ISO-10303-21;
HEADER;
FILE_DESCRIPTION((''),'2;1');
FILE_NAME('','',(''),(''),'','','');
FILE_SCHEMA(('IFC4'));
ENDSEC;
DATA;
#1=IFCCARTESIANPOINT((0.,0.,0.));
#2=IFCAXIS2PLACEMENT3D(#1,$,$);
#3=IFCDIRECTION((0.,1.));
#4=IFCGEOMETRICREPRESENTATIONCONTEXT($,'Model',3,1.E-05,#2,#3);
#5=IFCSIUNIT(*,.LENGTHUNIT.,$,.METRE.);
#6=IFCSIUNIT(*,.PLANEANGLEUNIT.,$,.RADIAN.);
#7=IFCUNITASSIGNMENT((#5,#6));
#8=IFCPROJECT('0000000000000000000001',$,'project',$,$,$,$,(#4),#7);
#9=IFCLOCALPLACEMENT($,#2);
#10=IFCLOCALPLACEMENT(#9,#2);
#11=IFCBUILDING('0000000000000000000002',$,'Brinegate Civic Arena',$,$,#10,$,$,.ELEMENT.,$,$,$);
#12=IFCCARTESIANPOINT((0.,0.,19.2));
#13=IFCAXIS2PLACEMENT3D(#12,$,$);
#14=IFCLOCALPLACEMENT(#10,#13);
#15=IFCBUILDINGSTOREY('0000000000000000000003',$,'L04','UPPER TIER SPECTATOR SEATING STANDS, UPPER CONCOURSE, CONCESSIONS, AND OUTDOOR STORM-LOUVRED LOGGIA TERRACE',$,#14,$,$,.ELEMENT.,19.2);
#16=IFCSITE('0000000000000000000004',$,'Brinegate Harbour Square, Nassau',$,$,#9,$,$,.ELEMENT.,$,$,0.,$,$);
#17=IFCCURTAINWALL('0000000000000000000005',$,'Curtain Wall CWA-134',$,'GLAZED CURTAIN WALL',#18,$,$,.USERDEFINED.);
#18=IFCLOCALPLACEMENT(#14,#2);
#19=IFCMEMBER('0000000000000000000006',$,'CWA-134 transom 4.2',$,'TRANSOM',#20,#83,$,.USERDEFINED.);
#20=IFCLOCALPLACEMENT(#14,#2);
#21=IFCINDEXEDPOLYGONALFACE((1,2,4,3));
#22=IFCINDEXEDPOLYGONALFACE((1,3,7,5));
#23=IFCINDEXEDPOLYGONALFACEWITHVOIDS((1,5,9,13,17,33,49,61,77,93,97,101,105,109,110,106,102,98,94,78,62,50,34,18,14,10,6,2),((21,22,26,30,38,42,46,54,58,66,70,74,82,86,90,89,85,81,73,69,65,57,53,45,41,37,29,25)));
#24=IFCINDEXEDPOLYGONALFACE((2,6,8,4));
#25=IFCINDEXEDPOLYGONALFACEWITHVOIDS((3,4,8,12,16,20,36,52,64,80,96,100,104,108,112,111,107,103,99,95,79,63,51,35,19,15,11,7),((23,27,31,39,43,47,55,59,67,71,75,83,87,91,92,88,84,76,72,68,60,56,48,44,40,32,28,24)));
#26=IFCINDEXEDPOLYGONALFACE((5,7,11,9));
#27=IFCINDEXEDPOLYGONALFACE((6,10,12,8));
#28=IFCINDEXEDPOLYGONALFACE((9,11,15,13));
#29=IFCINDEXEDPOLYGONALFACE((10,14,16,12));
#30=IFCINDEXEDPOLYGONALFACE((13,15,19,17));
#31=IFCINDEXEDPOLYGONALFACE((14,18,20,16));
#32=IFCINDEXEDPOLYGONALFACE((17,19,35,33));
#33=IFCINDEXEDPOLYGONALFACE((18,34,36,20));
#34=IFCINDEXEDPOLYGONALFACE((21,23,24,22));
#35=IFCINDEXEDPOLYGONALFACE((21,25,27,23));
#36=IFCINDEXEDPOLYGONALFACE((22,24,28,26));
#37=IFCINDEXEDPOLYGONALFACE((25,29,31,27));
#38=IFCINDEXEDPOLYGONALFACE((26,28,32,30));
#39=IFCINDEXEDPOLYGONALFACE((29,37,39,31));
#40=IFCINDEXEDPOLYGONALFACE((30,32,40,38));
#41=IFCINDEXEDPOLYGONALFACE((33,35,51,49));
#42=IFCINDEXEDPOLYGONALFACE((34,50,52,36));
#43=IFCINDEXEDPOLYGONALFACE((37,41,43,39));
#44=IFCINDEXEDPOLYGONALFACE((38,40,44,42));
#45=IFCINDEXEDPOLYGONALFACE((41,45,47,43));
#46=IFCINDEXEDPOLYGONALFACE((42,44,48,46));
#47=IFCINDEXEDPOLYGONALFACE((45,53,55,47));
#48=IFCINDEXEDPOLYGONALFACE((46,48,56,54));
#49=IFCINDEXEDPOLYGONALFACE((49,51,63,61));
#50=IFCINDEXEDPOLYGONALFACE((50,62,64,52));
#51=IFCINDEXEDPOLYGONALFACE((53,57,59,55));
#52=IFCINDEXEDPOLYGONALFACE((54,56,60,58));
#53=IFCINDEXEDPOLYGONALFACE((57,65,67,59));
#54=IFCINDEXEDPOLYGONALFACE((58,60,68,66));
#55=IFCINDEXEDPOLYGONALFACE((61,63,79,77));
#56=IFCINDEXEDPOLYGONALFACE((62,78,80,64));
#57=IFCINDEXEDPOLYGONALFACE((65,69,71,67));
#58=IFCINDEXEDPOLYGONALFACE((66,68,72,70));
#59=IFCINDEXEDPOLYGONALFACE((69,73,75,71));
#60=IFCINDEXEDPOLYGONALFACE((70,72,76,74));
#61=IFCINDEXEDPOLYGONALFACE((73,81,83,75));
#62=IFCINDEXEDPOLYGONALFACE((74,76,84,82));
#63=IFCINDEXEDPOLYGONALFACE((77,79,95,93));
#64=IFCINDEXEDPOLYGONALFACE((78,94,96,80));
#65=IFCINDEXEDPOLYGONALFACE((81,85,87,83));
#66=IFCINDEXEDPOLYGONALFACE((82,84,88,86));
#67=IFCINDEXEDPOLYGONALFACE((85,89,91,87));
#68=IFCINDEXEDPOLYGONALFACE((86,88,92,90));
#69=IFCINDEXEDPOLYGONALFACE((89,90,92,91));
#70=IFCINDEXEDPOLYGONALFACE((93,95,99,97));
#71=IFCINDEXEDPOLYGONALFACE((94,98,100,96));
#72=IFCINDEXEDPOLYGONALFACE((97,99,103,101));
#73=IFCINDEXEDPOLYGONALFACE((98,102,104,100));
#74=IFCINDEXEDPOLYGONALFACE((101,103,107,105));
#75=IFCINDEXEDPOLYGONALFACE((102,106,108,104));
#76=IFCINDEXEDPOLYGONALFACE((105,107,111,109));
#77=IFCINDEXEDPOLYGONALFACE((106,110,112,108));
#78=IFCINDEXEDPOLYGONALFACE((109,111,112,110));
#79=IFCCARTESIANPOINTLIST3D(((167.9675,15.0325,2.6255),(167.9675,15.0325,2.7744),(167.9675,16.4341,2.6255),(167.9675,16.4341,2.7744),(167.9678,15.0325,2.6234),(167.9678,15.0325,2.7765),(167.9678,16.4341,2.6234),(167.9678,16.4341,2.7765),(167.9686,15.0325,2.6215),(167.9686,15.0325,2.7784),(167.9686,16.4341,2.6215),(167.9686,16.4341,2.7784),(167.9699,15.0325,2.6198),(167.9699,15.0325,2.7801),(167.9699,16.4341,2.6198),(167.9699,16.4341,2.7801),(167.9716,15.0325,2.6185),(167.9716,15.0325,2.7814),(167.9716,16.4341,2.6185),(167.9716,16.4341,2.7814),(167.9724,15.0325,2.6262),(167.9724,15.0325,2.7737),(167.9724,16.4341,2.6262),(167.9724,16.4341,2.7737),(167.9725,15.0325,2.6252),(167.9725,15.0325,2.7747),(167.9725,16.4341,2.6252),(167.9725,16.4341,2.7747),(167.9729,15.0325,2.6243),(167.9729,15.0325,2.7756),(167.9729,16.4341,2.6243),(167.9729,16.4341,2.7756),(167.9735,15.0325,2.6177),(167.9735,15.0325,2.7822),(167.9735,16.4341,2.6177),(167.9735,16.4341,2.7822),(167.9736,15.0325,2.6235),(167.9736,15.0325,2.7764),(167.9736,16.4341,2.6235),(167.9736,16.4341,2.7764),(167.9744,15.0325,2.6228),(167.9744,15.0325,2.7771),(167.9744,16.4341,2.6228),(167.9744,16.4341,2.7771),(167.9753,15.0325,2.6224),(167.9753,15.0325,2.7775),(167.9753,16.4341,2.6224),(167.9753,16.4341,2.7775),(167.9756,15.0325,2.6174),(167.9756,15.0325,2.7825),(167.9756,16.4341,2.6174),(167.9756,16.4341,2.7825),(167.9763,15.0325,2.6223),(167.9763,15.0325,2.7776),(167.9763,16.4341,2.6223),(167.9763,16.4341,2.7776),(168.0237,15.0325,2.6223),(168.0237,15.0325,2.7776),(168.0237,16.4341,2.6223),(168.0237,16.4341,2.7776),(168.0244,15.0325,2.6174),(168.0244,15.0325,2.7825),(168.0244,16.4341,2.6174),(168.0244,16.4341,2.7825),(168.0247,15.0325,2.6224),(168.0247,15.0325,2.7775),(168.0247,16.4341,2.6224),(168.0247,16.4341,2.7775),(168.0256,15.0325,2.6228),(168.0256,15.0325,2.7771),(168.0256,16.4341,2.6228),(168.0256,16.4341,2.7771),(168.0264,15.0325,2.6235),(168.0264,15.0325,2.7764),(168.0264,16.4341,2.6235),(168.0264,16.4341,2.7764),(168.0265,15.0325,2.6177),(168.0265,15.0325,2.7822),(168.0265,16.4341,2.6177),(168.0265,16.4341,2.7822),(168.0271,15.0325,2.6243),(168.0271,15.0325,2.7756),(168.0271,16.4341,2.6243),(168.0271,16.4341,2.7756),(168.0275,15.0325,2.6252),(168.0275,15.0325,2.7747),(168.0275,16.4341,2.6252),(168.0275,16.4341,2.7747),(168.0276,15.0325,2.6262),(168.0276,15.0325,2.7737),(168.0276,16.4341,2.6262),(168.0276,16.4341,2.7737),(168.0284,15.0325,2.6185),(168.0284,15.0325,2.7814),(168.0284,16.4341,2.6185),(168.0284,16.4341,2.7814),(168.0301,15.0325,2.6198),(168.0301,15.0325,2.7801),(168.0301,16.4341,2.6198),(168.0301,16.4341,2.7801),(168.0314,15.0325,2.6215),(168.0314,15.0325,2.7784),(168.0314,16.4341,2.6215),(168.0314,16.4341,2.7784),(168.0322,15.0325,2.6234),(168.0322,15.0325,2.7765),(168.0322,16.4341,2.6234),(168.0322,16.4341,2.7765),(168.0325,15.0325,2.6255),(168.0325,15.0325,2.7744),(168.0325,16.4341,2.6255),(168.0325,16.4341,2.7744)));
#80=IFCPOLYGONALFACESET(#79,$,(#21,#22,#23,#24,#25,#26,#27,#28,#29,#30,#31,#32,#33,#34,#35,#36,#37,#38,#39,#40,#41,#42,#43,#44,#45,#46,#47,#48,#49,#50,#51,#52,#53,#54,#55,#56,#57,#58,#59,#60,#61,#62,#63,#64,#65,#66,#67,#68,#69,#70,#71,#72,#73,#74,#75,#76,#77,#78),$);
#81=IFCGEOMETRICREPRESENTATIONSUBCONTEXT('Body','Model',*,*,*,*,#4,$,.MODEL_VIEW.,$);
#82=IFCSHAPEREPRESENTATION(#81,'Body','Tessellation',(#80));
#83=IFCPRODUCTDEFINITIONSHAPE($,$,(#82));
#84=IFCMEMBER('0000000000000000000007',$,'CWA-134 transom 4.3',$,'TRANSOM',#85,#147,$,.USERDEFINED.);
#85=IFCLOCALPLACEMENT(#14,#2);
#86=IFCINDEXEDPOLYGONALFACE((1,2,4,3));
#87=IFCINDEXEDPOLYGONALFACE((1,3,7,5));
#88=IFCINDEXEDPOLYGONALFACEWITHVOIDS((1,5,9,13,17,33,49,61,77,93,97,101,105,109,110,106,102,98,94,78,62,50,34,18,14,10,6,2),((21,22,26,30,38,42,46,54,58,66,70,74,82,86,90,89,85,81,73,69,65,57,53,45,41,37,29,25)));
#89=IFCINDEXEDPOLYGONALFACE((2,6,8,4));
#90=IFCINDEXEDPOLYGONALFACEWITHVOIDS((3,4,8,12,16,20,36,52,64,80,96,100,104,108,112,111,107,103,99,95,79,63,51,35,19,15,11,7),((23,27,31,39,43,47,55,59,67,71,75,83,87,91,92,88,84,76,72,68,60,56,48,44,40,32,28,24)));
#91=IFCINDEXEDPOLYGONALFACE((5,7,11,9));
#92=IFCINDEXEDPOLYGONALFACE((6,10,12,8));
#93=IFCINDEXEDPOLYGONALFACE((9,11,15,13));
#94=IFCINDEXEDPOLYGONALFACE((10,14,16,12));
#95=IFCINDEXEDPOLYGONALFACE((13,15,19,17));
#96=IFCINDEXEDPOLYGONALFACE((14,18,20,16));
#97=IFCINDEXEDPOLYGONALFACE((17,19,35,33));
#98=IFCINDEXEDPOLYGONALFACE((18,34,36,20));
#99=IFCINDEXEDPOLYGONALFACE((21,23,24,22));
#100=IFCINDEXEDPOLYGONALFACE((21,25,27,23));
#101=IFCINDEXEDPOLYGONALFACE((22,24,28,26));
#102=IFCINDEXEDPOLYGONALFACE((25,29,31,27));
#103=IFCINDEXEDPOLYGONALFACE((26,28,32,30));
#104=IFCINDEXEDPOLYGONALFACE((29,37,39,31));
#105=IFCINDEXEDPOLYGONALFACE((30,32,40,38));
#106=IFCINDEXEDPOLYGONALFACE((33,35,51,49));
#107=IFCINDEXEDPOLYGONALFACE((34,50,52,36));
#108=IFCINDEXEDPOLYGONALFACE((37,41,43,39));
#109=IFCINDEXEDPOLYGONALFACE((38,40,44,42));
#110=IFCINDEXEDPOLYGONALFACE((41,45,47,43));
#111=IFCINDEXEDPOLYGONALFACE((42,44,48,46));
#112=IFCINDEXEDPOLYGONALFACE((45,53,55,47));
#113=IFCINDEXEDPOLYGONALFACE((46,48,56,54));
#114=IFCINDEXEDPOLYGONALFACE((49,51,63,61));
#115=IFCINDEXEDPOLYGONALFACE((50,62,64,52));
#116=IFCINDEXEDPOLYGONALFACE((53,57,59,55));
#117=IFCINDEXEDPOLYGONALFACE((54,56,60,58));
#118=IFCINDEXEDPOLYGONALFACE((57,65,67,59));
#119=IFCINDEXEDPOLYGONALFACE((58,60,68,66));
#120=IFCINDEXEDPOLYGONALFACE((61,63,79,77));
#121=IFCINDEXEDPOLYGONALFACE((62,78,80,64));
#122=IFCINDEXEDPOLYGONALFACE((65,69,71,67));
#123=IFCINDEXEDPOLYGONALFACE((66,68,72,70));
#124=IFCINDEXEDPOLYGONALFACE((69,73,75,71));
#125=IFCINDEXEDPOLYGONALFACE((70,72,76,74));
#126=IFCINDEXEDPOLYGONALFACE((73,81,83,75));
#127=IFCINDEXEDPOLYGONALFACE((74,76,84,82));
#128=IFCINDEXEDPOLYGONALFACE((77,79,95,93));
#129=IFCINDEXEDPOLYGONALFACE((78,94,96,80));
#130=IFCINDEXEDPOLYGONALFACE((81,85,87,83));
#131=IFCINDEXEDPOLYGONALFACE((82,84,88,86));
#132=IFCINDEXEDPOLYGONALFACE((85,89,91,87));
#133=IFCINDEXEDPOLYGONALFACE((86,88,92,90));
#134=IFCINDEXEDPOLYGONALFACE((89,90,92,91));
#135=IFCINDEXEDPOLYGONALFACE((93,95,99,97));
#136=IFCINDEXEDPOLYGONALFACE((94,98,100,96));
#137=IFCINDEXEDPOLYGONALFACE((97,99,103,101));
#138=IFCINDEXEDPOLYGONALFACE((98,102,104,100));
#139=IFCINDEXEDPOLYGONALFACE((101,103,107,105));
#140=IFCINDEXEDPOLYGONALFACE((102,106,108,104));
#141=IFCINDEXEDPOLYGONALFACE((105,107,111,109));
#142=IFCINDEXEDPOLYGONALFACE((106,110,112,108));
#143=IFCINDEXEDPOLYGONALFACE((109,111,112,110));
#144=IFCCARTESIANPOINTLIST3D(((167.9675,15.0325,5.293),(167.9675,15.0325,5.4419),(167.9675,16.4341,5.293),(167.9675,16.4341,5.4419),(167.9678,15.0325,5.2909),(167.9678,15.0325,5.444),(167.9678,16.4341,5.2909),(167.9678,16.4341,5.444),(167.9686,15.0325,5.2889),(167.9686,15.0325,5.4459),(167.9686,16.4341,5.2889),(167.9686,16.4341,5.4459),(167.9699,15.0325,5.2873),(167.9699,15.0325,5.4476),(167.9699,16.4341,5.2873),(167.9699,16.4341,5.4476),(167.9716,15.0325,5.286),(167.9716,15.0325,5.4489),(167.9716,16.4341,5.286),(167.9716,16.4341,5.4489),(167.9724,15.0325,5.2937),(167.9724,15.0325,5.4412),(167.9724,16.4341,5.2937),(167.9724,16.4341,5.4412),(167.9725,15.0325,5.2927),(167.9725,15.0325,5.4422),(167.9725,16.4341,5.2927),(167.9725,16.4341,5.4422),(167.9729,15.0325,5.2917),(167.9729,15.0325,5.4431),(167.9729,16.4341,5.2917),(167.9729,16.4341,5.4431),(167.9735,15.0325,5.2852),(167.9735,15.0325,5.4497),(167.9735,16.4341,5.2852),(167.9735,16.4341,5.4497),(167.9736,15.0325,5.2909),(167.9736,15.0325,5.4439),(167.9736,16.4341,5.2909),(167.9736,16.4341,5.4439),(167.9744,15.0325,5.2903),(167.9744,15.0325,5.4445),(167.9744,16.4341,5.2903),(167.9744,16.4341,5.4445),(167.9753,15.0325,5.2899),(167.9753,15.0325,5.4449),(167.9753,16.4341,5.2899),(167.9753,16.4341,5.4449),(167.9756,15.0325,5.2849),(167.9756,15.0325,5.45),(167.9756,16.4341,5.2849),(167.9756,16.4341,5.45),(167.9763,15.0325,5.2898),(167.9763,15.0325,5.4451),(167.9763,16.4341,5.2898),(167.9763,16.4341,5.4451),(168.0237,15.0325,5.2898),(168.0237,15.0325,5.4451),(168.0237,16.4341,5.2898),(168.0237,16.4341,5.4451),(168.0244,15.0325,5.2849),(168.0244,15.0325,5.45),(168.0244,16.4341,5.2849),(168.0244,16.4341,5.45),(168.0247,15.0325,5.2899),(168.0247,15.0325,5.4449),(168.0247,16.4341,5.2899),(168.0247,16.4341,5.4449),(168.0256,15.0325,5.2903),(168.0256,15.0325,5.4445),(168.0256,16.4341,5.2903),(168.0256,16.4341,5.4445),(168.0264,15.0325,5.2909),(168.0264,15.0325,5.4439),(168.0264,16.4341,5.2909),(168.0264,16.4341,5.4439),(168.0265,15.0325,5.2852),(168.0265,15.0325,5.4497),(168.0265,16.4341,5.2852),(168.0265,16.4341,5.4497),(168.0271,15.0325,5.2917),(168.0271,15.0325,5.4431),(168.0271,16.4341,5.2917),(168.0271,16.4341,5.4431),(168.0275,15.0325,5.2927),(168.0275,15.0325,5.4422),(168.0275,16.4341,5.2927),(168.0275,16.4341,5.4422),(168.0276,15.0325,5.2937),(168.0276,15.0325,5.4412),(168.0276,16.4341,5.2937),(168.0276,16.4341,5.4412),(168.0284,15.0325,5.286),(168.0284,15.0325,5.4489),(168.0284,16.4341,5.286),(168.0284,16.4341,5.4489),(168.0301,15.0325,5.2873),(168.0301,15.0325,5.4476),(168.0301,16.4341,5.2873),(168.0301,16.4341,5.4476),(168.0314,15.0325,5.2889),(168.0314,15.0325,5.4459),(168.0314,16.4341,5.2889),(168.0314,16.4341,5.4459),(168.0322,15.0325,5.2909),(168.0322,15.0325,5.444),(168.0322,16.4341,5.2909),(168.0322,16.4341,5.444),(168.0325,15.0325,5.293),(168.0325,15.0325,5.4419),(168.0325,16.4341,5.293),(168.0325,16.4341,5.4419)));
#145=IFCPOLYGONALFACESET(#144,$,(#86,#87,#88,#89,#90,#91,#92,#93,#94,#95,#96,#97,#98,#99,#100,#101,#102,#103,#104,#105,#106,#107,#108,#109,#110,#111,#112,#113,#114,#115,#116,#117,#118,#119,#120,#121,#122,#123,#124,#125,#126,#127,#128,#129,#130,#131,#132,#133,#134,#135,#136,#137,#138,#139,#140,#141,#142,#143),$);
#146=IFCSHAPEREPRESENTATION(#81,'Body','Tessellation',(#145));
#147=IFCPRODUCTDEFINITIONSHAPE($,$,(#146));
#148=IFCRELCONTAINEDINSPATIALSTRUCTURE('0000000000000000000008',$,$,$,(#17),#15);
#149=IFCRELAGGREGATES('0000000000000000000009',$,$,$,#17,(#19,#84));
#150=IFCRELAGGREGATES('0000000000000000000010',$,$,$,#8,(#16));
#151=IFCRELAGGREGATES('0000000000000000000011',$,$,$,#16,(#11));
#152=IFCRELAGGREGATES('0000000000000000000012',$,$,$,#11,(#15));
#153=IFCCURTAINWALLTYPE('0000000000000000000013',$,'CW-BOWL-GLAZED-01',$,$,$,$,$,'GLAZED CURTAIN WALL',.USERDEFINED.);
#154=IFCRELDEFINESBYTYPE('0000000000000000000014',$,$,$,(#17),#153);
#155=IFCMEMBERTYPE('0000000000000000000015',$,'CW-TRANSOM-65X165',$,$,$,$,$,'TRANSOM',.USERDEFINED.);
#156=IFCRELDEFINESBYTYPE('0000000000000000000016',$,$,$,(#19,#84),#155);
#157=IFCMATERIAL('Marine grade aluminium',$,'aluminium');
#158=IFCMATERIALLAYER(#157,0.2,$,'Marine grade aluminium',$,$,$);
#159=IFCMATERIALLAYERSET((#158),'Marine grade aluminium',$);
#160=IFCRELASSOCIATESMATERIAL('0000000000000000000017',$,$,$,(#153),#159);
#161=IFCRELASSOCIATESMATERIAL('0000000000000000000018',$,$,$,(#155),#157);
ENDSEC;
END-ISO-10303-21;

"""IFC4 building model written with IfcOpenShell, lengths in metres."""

from ifc_helpers import new_model, si_unit, direction, frame, origin, origin_2d, place, context, subcontext, project, spatial, hollow_rectangle, extrude, material, layer, layer_set, material_profile, profile_set, type_object, element, aggregate, save


model = new_model("IFC4")

# Units and contexts
model_context = context("Model", 3, precision=1e-05, world=origin(), true_north=direction((0.0, 1.0)))
body_context = subcontext(model_context, "Body", "Model", "MODEL_VIEW")
ifc_project = project(units=[si_unit("LENGTHUNIT", "METRE"), si_unit("PLANEANGLEUNIT", "RADIAN")], contexts=[model_context])

# Site, building, storey
site_placement = place(None, origin())
site = spatial("IfcSite", under=ifc_project, at=site_placement, Name="Brinegate Harbour Square, Nassau", CompositionType="ELEMENT", RefElevation=0.0)
building_placement = place(site_placement, origin())
building = spatial("IfcBuilding", under=site, at=building_placement, Name="Brinegate Civic Arena", CompositionType="ELEMENT")
storey_placement = place(building_placement, frame((0.0, 0.0, 19.2)))
storey = spatial("IfcBuildingStorey", under=building, at=storey_placement, Name="L04", Description="UPPER TIER SPECTATOR SEATING STANDS, UPPER CONCOURSE, CONCESSIONS, AND OUTDOOR STORM-LOUVRED LOGGIA TERRACE", CompositionType="ELEMENT", Elevation=19.2)

# Curtain wall, members
ifc_material_1 = material(Name="Marine grade aluminium", Category="aluminium")
ifc_layer_1 = layer(ifc_material_1, 0.2, Name="Marine grade aluminium")
ifc_layer_set_1 = layer_set([ifc_layer_1], Name="Marine grade aluminium")
curtain_wall_type = type_object("IfcCurtainWallType", Name="CW-BOWL-GLAZED-01", ElementType="GLAZED CURTAIN WALL", PredefinedType="USERDEFINED", material=ifc_layer_set_1)
curtain_wall_placement = place(storey_placement, origin())
curtain_wall = element("IfcCurtainWall", 1, at=curtain_wall_placement, inside=storey, type_object=curtain_wall_type, Name="Curtain Wall CWA-134", ObjectType="GLAZED CURTAIN WALL", PredefinedType="USERDEFINED")
ifc_material_profile_1 = material_profile(ifc_material_1, hollow_rectangle(XDim=0.0649, YDim=0.165, WallThickness=0.0049, InnerFilletRadius=0.0039, OuterFilletRadius=0.0081, at=origin_2d()), Name="TRN65X165")
ifc_profile_set_1 = profile_set([ifc_material_profile_1], Name="Marine grade aluminium")
member_type_1 = type_object("IfcMemberType", Name="CW-TRANSOM-65X165", ElementType="TRANSOM", PredefinedType="USERDEFINED", material=ifc_profile_set_1)
member_1_placement = place(storey_placement, frame((168.0, 15.0325, 2.7), z_axis=(0.0, 1.0, 0.0), x_axis=(-1.0, 0.0, 0.0)))
member_1 = element("IfcMember", 2, at=member_1_placement, type_object=member_type_1, Name="CWA-134 transom 4.2", ObjectType="TRANSOM", PredefinedType="USERDEFINED", context=body_context, shape_type="SweptSolid", body=[
    extrude(hollow_rectangle(XDim=0.0649, YDim=0.165, WallThickness=0.0049, InnerFilletRadius=0.0039, OuterFilletRadius=0.0081, at=origin_2d()), origin(), (0.0, 0.0, 1.0), 1.4016),
])
member_2_placement = place(storey_placement, frame((168.0, 15.0325, 5.3674), z_axis=(0.0, 1.0, 0.0), x_axis=(-1.0, 0.0, 0.0)))
member_2 = element("IfcMember", 3, at=member_2_placement, type_object=member_type_1, Name="CWA-134 transom 4.3", ObjectType="TRANSOM", PredefinedType="USERDEFINED", context=body_context, shape_type="SweptSolid", body=[
    extrude(hollow_rectangle(XDim=0.0649, YDim=0.165, WallThickness=0.0049, InnerFilletRadius=0.0039, OuterFilletRadius=0.0081, at=origin_2d()), origin(), (0.0, 0.0, 1.0), 1.4016),
])
aggregate(curtain_wall, [member_1, member_2])

save(model, "model.ifc")
